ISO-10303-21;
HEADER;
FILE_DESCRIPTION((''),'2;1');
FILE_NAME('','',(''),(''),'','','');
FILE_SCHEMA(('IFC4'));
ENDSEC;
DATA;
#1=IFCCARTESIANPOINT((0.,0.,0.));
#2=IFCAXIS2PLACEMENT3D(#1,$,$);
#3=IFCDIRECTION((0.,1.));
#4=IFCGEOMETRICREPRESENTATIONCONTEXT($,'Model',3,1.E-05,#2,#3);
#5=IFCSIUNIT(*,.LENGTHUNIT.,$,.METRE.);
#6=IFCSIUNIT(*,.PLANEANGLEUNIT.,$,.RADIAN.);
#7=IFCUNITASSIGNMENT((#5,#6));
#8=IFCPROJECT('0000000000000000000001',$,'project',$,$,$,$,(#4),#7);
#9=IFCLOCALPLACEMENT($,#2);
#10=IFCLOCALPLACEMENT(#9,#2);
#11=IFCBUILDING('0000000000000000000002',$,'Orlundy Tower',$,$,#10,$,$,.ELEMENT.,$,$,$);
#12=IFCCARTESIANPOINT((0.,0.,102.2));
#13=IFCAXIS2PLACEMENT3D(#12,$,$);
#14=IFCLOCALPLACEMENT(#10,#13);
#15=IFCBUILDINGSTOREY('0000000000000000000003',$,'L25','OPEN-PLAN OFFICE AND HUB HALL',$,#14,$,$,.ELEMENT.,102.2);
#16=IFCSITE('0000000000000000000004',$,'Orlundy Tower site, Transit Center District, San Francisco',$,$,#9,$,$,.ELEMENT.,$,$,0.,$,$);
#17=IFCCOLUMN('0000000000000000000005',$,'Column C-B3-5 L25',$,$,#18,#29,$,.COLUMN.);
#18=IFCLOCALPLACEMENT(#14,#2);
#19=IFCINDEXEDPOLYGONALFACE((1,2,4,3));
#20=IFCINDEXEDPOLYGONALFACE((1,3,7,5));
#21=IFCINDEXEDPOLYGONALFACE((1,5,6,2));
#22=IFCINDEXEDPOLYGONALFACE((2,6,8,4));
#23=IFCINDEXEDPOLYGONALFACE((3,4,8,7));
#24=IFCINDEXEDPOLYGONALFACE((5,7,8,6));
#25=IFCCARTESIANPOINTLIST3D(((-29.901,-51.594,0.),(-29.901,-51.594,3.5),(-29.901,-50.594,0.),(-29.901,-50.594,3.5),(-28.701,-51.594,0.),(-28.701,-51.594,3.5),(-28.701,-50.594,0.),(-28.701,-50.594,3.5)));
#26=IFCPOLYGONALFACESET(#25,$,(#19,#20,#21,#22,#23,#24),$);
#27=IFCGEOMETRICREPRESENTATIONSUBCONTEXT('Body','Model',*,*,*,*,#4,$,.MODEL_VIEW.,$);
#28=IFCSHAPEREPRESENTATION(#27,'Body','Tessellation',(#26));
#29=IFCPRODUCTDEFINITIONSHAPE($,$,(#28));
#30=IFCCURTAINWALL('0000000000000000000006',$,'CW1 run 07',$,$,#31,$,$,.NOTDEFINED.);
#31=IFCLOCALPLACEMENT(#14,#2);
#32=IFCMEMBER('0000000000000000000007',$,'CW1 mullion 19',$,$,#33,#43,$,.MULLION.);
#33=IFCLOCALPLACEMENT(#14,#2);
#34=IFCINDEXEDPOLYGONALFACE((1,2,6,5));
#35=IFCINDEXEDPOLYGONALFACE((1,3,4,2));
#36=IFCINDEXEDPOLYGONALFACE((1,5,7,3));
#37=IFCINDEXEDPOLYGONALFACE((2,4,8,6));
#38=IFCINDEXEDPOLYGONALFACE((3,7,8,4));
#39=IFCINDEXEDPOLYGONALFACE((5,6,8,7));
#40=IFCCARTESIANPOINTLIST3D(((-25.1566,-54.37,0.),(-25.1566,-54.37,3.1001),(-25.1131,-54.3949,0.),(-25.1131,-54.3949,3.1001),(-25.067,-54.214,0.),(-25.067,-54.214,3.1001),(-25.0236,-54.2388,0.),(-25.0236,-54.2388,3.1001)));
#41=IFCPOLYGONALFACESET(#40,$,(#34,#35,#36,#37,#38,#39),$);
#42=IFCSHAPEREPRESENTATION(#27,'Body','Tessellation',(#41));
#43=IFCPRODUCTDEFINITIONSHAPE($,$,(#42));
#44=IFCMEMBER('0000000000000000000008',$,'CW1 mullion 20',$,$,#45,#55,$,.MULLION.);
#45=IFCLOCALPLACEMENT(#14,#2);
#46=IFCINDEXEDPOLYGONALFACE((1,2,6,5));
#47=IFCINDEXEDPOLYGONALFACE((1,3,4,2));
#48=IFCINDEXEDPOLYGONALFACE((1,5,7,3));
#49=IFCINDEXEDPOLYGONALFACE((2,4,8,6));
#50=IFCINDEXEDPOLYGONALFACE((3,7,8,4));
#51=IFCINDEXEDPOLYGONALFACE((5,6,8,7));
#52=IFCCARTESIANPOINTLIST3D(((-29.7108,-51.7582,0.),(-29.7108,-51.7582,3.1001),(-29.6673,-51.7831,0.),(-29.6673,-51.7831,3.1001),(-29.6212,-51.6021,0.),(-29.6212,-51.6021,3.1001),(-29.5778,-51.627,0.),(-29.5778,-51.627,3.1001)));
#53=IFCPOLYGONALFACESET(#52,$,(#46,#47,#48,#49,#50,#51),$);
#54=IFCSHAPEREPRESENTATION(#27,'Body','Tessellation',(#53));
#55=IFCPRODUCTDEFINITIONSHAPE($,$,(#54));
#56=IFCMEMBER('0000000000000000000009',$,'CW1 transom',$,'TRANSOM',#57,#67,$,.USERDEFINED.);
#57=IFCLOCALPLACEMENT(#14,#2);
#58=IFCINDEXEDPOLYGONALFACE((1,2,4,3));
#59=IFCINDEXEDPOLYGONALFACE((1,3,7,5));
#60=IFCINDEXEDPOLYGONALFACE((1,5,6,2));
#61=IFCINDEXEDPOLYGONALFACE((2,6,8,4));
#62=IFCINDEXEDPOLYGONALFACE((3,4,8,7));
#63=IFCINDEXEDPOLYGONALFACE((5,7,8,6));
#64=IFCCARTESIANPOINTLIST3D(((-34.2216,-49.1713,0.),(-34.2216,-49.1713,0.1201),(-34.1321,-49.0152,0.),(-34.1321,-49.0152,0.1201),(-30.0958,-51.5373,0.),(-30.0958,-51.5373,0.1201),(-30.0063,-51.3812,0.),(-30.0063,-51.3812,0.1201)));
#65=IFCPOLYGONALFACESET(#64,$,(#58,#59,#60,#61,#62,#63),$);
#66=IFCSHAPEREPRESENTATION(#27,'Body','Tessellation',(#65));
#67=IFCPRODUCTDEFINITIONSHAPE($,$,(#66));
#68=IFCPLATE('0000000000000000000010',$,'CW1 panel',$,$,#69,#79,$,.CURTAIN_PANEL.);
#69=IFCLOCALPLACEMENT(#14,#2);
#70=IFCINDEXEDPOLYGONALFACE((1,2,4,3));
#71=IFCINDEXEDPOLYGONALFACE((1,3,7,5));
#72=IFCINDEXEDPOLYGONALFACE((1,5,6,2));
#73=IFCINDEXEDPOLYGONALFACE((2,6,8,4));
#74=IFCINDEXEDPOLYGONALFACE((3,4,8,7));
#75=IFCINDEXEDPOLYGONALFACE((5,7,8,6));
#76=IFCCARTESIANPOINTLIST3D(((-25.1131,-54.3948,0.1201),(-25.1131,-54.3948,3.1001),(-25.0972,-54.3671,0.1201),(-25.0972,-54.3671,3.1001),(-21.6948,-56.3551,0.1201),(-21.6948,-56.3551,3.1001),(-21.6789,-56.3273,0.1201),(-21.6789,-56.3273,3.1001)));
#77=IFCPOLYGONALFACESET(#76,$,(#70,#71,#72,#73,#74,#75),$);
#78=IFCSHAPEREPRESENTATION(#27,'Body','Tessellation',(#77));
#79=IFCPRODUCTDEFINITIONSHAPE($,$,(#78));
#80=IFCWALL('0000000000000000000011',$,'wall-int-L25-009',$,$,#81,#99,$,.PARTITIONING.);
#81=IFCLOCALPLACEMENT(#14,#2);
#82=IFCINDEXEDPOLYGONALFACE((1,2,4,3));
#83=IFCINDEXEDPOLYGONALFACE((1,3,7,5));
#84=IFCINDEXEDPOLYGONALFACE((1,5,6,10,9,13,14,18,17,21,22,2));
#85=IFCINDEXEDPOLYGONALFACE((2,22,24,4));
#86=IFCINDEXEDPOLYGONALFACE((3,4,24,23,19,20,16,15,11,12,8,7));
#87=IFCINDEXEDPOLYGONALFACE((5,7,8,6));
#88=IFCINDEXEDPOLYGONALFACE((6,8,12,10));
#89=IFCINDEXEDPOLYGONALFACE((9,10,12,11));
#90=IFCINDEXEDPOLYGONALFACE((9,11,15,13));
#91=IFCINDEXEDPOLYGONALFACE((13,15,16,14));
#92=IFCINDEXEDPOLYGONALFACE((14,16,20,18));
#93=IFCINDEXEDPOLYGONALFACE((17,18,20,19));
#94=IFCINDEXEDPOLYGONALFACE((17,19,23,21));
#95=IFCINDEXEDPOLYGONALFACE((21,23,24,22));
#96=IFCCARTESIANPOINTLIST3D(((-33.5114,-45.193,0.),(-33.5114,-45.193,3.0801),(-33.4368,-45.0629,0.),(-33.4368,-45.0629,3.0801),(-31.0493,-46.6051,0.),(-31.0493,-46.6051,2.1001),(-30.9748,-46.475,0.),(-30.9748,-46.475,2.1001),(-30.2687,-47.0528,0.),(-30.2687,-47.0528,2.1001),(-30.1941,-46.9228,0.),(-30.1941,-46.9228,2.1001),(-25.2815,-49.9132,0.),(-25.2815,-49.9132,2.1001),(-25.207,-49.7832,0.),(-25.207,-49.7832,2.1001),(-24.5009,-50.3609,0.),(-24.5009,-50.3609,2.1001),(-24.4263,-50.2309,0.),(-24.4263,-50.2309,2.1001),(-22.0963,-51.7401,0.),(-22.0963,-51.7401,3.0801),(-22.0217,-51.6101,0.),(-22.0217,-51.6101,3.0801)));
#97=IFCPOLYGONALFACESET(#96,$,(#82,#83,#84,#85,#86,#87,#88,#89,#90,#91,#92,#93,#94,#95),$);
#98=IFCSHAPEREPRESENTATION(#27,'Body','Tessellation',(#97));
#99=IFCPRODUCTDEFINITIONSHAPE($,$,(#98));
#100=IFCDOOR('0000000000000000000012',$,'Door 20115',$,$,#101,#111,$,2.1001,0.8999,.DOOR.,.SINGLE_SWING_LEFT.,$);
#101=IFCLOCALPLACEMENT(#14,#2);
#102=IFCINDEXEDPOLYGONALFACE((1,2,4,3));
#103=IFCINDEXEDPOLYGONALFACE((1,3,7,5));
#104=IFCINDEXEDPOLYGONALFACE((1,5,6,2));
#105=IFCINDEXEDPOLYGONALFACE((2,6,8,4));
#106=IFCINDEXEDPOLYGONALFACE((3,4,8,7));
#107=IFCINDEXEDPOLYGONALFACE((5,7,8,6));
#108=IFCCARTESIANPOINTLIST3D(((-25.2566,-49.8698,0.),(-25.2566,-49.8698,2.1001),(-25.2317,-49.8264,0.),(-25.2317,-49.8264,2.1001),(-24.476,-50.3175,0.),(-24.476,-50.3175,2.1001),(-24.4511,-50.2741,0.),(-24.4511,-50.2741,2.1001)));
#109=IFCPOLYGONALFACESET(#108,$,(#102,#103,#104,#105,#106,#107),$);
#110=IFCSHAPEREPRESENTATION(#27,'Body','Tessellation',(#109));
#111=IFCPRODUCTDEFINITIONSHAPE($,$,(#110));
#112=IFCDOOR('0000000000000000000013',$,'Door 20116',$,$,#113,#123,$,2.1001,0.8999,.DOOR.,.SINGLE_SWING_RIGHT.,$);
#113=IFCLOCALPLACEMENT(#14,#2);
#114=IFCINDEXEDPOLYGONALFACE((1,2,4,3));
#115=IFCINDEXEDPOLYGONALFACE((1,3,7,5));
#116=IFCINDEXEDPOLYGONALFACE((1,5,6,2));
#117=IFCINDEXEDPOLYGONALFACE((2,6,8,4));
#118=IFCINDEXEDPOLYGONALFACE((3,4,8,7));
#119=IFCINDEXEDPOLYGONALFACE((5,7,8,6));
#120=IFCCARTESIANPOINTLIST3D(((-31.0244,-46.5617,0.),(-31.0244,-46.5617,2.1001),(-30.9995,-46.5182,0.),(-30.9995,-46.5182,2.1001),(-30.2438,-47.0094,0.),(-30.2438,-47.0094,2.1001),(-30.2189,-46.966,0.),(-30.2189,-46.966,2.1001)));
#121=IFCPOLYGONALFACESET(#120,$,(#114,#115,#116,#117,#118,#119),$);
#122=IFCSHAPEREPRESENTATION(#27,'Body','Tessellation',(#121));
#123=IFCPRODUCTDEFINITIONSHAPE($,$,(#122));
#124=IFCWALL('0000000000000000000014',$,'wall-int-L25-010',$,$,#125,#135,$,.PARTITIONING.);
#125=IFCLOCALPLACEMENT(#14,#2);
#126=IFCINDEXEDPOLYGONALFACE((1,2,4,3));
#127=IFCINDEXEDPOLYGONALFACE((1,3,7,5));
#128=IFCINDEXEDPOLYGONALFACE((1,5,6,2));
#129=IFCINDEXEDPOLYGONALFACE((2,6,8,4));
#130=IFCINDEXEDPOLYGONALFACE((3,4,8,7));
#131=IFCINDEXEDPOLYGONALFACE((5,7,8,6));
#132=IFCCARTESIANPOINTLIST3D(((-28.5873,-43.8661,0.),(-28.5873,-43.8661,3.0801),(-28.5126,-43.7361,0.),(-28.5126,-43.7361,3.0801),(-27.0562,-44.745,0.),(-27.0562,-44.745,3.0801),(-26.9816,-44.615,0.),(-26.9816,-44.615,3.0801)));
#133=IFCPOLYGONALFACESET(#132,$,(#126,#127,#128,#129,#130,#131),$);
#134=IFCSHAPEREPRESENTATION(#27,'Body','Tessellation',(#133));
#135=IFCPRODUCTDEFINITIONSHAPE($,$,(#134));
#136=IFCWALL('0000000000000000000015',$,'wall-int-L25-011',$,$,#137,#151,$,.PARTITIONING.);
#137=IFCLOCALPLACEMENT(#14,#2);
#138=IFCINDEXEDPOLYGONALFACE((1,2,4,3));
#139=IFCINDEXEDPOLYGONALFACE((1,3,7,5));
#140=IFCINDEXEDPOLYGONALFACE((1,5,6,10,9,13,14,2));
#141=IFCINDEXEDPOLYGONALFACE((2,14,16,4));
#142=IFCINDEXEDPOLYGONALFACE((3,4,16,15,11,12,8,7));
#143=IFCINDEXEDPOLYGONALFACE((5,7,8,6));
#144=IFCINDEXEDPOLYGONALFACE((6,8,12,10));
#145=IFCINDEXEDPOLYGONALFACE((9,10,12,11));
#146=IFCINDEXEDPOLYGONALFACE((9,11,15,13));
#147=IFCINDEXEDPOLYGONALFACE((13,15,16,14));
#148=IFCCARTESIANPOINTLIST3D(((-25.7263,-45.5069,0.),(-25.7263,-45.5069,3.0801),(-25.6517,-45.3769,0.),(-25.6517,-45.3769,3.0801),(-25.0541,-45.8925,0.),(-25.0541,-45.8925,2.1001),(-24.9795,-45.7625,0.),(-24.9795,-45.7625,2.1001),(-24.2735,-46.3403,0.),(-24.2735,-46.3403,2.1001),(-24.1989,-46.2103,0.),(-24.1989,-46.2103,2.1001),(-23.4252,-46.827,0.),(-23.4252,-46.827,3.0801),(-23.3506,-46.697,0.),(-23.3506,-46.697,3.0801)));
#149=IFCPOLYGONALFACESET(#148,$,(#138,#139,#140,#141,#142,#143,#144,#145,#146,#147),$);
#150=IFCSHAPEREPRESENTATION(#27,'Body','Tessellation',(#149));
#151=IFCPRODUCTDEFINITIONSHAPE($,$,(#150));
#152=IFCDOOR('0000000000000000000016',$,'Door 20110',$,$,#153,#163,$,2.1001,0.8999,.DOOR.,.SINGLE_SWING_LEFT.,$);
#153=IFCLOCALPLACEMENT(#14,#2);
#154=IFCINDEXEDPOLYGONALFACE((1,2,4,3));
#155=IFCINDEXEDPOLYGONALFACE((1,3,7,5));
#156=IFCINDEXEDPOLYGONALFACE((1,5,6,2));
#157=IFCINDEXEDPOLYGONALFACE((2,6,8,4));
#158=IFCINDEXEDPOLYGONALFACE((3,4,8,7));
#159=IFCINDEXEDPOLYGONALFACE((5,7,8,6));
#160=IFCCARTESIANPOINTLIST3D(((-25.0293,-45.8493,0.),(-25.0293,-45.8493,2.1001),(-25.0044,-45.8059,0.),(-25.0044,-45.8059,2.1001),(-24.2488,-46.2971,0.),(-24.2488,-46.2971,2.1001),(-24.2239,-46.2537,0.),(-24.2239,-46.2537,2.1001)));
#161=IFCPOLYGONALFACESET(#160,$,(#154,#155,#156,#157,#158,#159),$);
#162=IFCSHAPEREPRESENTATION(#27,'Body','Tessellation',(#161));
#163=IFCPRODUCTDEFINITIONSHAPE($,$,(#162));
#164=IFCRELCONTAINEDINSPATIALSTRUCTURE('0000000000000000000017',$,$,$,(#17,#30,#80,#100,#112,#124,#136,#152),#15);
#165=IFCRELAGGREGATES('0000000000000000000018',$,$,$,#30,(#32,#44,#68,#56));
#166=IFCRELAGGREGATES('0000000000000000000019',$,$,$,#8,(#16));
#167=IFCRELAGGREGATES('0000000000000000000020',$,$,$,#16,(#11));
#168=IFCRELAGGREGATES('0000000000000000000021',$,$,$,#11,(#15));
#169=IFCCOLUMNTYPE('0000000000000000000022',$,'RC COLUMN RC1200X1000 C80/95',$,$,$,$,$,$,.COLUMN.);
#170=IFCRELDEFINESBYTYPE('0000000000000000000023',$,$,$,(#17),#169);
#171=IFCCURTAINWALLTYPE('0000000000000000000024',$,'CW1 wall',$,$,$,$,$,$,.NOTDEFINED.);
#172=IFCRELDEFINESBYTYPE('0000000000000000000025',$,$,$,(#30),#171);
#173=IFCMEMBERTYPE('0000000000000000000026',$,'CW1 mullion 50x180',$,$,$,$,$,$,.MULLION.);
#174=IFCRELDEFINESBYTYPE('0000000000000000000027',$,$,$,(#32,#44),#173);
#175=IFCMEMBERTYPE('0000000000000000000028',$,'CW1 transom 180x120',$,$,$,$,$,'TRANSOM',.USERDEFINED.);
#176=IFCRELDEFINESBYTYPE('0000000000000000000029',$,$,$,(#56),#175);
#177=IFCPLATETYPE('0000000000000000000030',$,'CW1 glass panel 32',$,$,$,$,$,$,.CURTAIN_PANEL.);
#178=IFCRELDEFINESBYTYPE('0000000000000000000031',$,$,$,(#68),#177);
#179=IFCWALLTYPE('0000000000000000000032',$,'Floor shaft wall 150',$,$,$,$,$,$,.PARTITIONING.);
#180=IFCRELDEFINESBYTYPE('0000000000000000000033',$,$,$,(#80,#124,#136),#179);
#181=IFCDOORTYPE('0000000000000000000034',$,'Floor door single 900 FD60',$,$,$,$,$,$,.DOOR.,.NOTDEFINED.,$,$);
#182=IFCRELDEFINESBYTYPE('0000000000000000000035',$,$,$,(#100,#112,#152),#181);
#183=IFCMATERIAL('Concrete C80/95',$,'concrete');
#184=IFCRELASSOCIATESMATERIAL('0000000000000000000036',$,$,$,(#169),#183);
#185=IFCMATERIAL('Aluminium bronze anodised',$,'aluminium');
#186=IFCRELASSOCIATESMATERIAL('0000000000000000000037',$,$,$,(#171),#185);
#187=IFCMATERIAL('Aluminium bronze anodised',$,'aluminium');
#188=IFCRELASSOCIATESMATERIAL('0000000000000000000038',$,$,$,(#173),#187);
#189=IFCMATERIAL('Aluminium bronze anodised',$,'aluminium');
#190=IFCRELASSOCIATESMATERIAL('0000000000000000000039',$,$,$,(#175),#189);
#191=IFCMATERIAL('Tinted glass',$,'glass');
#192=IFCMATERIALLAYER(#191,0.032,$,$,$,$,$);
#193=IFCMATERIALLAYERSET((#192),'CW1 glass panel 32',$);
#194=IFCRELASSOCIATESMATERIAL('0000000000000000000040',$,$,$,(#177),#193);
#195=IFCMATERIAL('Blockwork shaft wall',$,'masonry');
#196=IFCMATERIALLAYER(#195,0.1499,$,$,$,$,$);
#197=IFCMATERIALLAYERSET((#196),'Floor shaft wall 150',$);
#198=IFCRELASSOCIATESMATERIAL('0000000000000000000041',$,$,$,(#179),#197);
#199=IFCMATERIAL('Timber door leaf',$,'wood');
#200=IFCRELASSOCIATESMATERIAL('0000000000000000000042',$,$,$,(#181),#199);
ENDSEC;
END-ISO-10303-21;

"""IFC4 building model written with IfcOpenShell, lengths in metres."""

from ifc_helpers import new_model, si_unit, direction, frame, frame_2d, origin, origin_2d, place, context, subcontext, project, spatial, rectangle, extrude, material, layer, layer_set, material_profile, profile_set, type_object, element, fill, aggregate, save


model = new_model("IFC4")

# Units and contexts
model_context = context("Model", 3, precision=1e-05, world=origin(), true_north=direction((0.0, 1.0)))
body_context = subcontext(model_context, "Body", "Model", "MODEL_VIEW")
ifc_project = project(units=[si_unit("LENGTHUNIT", "METRE"), si_unit("PLANEANGLEUNIT", "RADIAN")], contexts=[model_context])

# Site, building, storey
site_placement = place(None, origin())
site = spatial("IfcSite", under=ifc_project, at=site_placement, Name="Orlundy Tower site, Transit Center District, San Francisco", CompositionType="ELEMENT", RefElevation=0.0)
building_placement = place(site_placement, origin())
building = spatial("IfcBuilding", under=site, at=building_placement, Name="Orlundy Tower", CompositionType="ELEMENT")
storey_placement = place(building_placement, frame((0.0, 0.0, 102.2)))
storey = spatial("IfcBuildingStorey", under=building, at=storey_placement, Name="L25", Description="OPEN-PLAN OFFICE AND HUB HALL", CompositionType="ELEMENT", Elevation=102.2)

# Column
ifc_material_1 = material(Name="Concrete C80/95", Category="concrete")
ifc_material_profile_1 = material_profile(ifc_material_1, rectangle(XDim=1.2, YDim=1.0, at=origin_2d()), Name="RC1200X1000")
ifc_profile_set_1 = profile_set([ifc_material_profile_1], Name="Concrete C80/95")
column_type = type_object("IfcColumnType", Name="RC COLUMN RC1200X1000 C80/95", PredefinedType="COLUMN", material=ifc_profile_set_1)
column_placement = place(storey_placement, frame((-29.301, -51.094, 0.0), z_axis=(0.0, 0.0, 1.0), x_axis=(1.0, 0.0, 0.0)))
element("IfcColumn", 1, at=column_placement, inside=storey, type_object=column_type, Name="Column C-B3-5 L25", PredefinedType="COLUMN", context=body_context, shape_type="SweptSolid", body=[
    extrude(rectangle(XDim=1.2, YDim=1.0, at=origin_2d()), origin(), (0.0, 0.0, 1.0), 3.5),
])

# Curtain wall, members, plate
ifc_material_2 = material(Name="Aluminium bronze anodised", Category="aluminium")
curtain_wall_type = type_object("IfcCurtainWallType", Name="CW1 wall", PredefinedType="NOTDEFINED", material=ifc_material_2)
curtain_wall_placement = place(storey_placement, origin())
curtain_wall = element("IfcCurtainWall", 2, at=curtain_wall_placement, inside=storey, type_object=curtain_wall_type, Name="CW1 run 07", PredefinedType="NOTDEFINED")
ifc_material_3 = material(Name="Aluminium bronze anodised", Category="aluminium")
ifc_material_profile_2 = material_profile(ifc_material_3, rectangle(XDim=0.1799, YDim=0.05, at=origin_2d()), Name="CW1 mullion 50x180")
ifc_profile_set_2 = profile_set([ifc_material_profile_2], Name="Aluminium bronze anodised")
member_type_1 = type_object("IfcMemberType", Name="CW1 mullion 50x180", PredefinedType="MULLION", material=ifc_profile_set_2)
member_1_placement = place(storey_placement, frame((-25.0901, -54.3044, 0.0), z_axis=(0.0, 0.0, 1.0), x_axis=(-0.497477, -0.867477, 0.0)))
member_1 = element("IfcMember", 3, at=member_1_placement, type_object=member_type_1, Name="CW1 mullion 19", PredefinedType="MULLION", context=body_context, shape_type="SweptSolid", body=[
    extrude(rectangle(XDim=0.1799, YDim=0.05, at=origin_2d()), origin(), (0.0, 0.0, 1.0), 3.1001),
])
member_2_placement = place(storey_placement, frame((-29.6443, -51.6926, 0.0), z_axis=(0.0, 0.0, 1.0), x_axis=(-0.497477, -0.867477, 0.0)))
member_2 = element("IfcMember", 4, at=member_2_placement, type_object=member_type_1, Name="CW1 mullion 20", PredefinedType="MULLION", context=body_context, shape_type="SweptSolid", body=[
    extrude(rectangle(XDim=0.1799, YDim=0.05, at=origin_2d()), origin(), (0.0, 0.0, 1.0), 3.1001),
])
ifc_material_4 = material(Name="Aluminium bronze anodised", Category="aluminium")
ifc_material_profile_3 = material_profile(ifc_material_4, rectangle(XDim=0.1799, YDim=0.1201, at=origin_2d()), Name="CW1 transom 180x120")
ifc_profile_set_3 = profile_set([ifc_material_profile_3], Name="Aluminium bronze anodised")
member_type_2 = type_object("IfcMemberType", Name="CW1 transom 180x120", ElementType="TRANSOM", PredefinedType="USERDEFINED", material=ifc_profile_set_3)
member_3_placement = place(storey_placement, frame((-30.051, -51.4592, 0.0601), z_axis=(-0.867481, 0.497471, 0.0), x_axis=(-0.497471, -0.867481, 0.0)))
member_3 = element("IfcMember", 5, at=member_3_placement, type_object=member_type_2, Name="CW1 transom", ObjectType="TRANSOM", PredefinedType="USERDEFINED", context=body_context, shape_type="SweptSolid", body=[
    extrude(rectangle(XDim=0.1799, YDim=0.1201, at=origin_2d()), origin(), (0.0, 0.0, 1.0), 4.7561),
])
ifc_material_5 = material(Name="Tinted glass", Category="glass")
ifc_layer_1 = layer(ifc_material_5, 0.032)
ifc_layer_set_1 = layer_set([ifc_layer_1], Name="CW1 glass panel 32")
plate_type = type_object("IfcPlateType", Name="CW1 glass panel 32", PredefinedType="CURTAIN_PANEL", material=ifc_layer_set_1)
plate_placement = place(storey_placement, frame((-23.396, -55.3611, 0.1201), z_axis=(0.0, 0.0, 1.0), x_axis=(-0.867477, 0.497477, 0.0)))
plate = element("IfcPlate", 6, at=plate_placement, type_object=plate_type, Name="CW1 panel", PredefinedType="CURTAIN_PANEL", context=body_context, shape_type="SweptSolid", body=[
    extrude(rectangle(XDim=3.9404, YDim=0.032, at=origin_2d()), origin(), (0.0, 0.0, 1.0), 2.98),
])
aggregate(curtain_wall, [member_1, member_2, plate, member_3])

# Wall, openings, doors
ifc_material_6 = material(Name="Blockwork shaft wall", Category="masonry")
ifc_layer_2 = layer(ifc_material_6, 0.1499)
ifc_layer_set_2 = layer_set([ifc_layer_2], Name="Floor shaft wall 150")
wall_type_1 = type_object("IfcWallType", Name="Floor shaft wall 150", PredefinedType="PARTITIONING", material=ifc_layer_set_2)
wall_1_placement = place(storey_placement, frame((-22.0591, -51.675, 0.0), z_axis=(0.0, 0.0, 1.0), x_axis=(-0.867449, 0.497527, 0.0)))
wall_1 = element("IfcWall", 7, at=wall_1_placement, inside=storey, type_object=wall_type_1, Name="wall-int-L25-009", PredefinedType="PARTITIONING", context=body_context, shape_type="SweptSolid", body=[
    extrude(rectangle(XDim=13.1594, YDim=0.1499, at=frame_2d((6.5796, 0.0))), origin(), (0.0, 0.0, 1.0), 3.0801),
])
opening_1_placement = place(wall_1_placement, frame((2.772, 0.0, 0.0)))
opening_1 = element("IfcOpeningElement", 8, at=opening_1_placement, cuts=wall_1, PredefinedType="OPENING", context=body_context, shape_type="SweptSolid", body=[
    extrude(rectangle(XDim=0.8999, YDim=2.1001, at=frame_2d((0.45, 1.05))), frame((0.0, 0.085, 0.0), z_axis=(0.0, -1.0, 0.0), x_axis=(1.0, 0.0, 0.0)), (0.0, 0.0, 1.0), 0.1699),
])
opening_2_placement = place(wall_1_placement, frame((9.4211, 0.0, 0.0)))
opening_2 = element("IfcOpeningElement", 9, at=opening_2_placement, cuts=wall_1, PredefinedType="OPENING", context=body_context, shape_type="SweptSolid", body=[
    extrude(rectangle(XDim=0.8999, YDim=2.1001, at=frame_2d((0.45, 1.05))), frame((0.0, 0.085, 0.0), z_axis=(0.0, -1.0, 0.0), x_axis=(1.0, 0.0, 0.0)), (0.0, 0.0, 1.0), 0.1699),
])
ifc_material_7 = material(Name="Timber door leaf", Category="wood")
door_type_1 = type_object("IfcDoorType", Name="Floor door single 900 FD60", OperationType="NOTDEFINED", PredefinedType="DOOR", material=ifc_material_7)
door_1_placement = place(opening_1_placement, origin())
door_1 = element("IfcDoor", 10, at=door_1_placement, inside=storey, type_object=door_type_1, Name="Door 20115", OperationType="SINGLE_SWING_LEFT", OverallHeight=2.1001, OverallWidth=0.8999, PredefinedType="DOOR", context=body_context, shape_type="SweptSolid", body=[
    extrude(rectangle(XDim=0.8999, YDim=2.1001, at=frame_2d((0.45, 1.05))), frame((0.0, 0.0249, 0.0), z_axis=(0.0, -1.0, 0.0), x_axis=(1.0, 0.0, 0.0)), (0.0, 0.0, 1.0), 0.05),
])
fill(opening_1, door_1)
door_2_placement = place(opening_2_placement, origin())
door_2 = element("IfcDoor", 11, at=door_2_placement, inside=storey, type_object=door_type_1, Name="Door 20116", OperationType="SINGLE_SWING_RIGHT", OverallHeight=2.1001, OverallWidth=0.8999, PredefinedType="DOOR", context=body_context, shape_type="SweptSolid", body=[
    extrude(rectangle(XDim=0.8999, YDim=2.1001, at=frame_2d((0.45, 1.05))), frame((0.0, 0.0249, 0.0), z_axis=(0.0, -1.0, 0.0), x_axis=(1.0, 0.0, 0.0)), (0.0, 0.0, 1.0), 0.05),
])
fill(opening_2, door_2)

# Wall
wall_2_placement = place(storey_placement, frame((-28.55, -43.801, 0.0), z_axis=(0.0, 0.0, 1.0), x_axis=(0.867254, -0.497866, 0.0)))
element("IfcWall", 12, at=wall_2_placement, inside=storey, type_object=wall_type_1, Name="wall-int-L25-010", PredefinedType="PARTITIONING", context=body_context, shape_type="SweptSolid", body=[
    extrude(rectangle(XDim=1.7654, YDim=0.1499, at=frame_2d((0.8828, 0.0))), origin(), (0.0, 0.0, 1.0), 3.0801),
])

# Wall, opening, door
wall_3_placement = place(storey_placement, frame((-25.689, -45.4419, 0.0), z_axis=(0.0, 0.0, 1.0), x_axis=(0.867398, -0.497615, 0.0)))
wall_3 = element("IfcWall", 13, at=wall_3_placement, inside=storey, type_object=wall_type_1, Name="wall-int-L25-011", PredefinedType="PARTITIONING", context=body_context, shape_type="SweptSolid", body=[
    extrude(rectangle(XDim=2.6528, YDim=0.1499, at=frame_2d((1.3264, 0.0))), origin(), (0.0, 0.0, 1.0), 3.0801),
])
opening_3_placement = place(wall_3_placement, frame((0.7749, 0.0, 0.0)))
opening_3 = element("IfcOpeningElement", 14, at=opening_3_placement, cuts=wall_3, PredefinedType="OPENING", context=body_context, shape_type="SweptSolid", body=[
    extrude(rectangle(XDim=0.8999, YDim=2.1001, at=frame_2d((0.45, 1.05))), frame((0.0, 0.085, 0.0), z_axis=(0.0, -1.0, 0.0), x_axis=(1.0, 0.0, 0.0)), (0.0, 0.0, 1.0), 0.1699),
])
door_3_placement = place(opening_3_placement, origin())
door_3 = element("IfcDoor", 15, at=door_3_placement, inside=storey, type_object=door_type_1, Name="Door 20110", OperationType="SINGLE_SWING_LEFT", OverallHeight=2.1001, OverallWidth=0.8999, PredefinedType="DOOR", context=body_context, shape_type="SweptSolid", body=[
    extrude(rectangle(XDim=0.8999, YDim=2.1001, at=frame_2d((0.45, 1.05))), frame((0.0, 0.0249, 0.0), z_axis=(0.0, -1.0, 0.0), x_axis=(1.0, 0.0, 0.0)), (0.0, 0.0, 1.0), 0.05),
])
fill(opening_3, door_3)

save(model, "model.ifc")
